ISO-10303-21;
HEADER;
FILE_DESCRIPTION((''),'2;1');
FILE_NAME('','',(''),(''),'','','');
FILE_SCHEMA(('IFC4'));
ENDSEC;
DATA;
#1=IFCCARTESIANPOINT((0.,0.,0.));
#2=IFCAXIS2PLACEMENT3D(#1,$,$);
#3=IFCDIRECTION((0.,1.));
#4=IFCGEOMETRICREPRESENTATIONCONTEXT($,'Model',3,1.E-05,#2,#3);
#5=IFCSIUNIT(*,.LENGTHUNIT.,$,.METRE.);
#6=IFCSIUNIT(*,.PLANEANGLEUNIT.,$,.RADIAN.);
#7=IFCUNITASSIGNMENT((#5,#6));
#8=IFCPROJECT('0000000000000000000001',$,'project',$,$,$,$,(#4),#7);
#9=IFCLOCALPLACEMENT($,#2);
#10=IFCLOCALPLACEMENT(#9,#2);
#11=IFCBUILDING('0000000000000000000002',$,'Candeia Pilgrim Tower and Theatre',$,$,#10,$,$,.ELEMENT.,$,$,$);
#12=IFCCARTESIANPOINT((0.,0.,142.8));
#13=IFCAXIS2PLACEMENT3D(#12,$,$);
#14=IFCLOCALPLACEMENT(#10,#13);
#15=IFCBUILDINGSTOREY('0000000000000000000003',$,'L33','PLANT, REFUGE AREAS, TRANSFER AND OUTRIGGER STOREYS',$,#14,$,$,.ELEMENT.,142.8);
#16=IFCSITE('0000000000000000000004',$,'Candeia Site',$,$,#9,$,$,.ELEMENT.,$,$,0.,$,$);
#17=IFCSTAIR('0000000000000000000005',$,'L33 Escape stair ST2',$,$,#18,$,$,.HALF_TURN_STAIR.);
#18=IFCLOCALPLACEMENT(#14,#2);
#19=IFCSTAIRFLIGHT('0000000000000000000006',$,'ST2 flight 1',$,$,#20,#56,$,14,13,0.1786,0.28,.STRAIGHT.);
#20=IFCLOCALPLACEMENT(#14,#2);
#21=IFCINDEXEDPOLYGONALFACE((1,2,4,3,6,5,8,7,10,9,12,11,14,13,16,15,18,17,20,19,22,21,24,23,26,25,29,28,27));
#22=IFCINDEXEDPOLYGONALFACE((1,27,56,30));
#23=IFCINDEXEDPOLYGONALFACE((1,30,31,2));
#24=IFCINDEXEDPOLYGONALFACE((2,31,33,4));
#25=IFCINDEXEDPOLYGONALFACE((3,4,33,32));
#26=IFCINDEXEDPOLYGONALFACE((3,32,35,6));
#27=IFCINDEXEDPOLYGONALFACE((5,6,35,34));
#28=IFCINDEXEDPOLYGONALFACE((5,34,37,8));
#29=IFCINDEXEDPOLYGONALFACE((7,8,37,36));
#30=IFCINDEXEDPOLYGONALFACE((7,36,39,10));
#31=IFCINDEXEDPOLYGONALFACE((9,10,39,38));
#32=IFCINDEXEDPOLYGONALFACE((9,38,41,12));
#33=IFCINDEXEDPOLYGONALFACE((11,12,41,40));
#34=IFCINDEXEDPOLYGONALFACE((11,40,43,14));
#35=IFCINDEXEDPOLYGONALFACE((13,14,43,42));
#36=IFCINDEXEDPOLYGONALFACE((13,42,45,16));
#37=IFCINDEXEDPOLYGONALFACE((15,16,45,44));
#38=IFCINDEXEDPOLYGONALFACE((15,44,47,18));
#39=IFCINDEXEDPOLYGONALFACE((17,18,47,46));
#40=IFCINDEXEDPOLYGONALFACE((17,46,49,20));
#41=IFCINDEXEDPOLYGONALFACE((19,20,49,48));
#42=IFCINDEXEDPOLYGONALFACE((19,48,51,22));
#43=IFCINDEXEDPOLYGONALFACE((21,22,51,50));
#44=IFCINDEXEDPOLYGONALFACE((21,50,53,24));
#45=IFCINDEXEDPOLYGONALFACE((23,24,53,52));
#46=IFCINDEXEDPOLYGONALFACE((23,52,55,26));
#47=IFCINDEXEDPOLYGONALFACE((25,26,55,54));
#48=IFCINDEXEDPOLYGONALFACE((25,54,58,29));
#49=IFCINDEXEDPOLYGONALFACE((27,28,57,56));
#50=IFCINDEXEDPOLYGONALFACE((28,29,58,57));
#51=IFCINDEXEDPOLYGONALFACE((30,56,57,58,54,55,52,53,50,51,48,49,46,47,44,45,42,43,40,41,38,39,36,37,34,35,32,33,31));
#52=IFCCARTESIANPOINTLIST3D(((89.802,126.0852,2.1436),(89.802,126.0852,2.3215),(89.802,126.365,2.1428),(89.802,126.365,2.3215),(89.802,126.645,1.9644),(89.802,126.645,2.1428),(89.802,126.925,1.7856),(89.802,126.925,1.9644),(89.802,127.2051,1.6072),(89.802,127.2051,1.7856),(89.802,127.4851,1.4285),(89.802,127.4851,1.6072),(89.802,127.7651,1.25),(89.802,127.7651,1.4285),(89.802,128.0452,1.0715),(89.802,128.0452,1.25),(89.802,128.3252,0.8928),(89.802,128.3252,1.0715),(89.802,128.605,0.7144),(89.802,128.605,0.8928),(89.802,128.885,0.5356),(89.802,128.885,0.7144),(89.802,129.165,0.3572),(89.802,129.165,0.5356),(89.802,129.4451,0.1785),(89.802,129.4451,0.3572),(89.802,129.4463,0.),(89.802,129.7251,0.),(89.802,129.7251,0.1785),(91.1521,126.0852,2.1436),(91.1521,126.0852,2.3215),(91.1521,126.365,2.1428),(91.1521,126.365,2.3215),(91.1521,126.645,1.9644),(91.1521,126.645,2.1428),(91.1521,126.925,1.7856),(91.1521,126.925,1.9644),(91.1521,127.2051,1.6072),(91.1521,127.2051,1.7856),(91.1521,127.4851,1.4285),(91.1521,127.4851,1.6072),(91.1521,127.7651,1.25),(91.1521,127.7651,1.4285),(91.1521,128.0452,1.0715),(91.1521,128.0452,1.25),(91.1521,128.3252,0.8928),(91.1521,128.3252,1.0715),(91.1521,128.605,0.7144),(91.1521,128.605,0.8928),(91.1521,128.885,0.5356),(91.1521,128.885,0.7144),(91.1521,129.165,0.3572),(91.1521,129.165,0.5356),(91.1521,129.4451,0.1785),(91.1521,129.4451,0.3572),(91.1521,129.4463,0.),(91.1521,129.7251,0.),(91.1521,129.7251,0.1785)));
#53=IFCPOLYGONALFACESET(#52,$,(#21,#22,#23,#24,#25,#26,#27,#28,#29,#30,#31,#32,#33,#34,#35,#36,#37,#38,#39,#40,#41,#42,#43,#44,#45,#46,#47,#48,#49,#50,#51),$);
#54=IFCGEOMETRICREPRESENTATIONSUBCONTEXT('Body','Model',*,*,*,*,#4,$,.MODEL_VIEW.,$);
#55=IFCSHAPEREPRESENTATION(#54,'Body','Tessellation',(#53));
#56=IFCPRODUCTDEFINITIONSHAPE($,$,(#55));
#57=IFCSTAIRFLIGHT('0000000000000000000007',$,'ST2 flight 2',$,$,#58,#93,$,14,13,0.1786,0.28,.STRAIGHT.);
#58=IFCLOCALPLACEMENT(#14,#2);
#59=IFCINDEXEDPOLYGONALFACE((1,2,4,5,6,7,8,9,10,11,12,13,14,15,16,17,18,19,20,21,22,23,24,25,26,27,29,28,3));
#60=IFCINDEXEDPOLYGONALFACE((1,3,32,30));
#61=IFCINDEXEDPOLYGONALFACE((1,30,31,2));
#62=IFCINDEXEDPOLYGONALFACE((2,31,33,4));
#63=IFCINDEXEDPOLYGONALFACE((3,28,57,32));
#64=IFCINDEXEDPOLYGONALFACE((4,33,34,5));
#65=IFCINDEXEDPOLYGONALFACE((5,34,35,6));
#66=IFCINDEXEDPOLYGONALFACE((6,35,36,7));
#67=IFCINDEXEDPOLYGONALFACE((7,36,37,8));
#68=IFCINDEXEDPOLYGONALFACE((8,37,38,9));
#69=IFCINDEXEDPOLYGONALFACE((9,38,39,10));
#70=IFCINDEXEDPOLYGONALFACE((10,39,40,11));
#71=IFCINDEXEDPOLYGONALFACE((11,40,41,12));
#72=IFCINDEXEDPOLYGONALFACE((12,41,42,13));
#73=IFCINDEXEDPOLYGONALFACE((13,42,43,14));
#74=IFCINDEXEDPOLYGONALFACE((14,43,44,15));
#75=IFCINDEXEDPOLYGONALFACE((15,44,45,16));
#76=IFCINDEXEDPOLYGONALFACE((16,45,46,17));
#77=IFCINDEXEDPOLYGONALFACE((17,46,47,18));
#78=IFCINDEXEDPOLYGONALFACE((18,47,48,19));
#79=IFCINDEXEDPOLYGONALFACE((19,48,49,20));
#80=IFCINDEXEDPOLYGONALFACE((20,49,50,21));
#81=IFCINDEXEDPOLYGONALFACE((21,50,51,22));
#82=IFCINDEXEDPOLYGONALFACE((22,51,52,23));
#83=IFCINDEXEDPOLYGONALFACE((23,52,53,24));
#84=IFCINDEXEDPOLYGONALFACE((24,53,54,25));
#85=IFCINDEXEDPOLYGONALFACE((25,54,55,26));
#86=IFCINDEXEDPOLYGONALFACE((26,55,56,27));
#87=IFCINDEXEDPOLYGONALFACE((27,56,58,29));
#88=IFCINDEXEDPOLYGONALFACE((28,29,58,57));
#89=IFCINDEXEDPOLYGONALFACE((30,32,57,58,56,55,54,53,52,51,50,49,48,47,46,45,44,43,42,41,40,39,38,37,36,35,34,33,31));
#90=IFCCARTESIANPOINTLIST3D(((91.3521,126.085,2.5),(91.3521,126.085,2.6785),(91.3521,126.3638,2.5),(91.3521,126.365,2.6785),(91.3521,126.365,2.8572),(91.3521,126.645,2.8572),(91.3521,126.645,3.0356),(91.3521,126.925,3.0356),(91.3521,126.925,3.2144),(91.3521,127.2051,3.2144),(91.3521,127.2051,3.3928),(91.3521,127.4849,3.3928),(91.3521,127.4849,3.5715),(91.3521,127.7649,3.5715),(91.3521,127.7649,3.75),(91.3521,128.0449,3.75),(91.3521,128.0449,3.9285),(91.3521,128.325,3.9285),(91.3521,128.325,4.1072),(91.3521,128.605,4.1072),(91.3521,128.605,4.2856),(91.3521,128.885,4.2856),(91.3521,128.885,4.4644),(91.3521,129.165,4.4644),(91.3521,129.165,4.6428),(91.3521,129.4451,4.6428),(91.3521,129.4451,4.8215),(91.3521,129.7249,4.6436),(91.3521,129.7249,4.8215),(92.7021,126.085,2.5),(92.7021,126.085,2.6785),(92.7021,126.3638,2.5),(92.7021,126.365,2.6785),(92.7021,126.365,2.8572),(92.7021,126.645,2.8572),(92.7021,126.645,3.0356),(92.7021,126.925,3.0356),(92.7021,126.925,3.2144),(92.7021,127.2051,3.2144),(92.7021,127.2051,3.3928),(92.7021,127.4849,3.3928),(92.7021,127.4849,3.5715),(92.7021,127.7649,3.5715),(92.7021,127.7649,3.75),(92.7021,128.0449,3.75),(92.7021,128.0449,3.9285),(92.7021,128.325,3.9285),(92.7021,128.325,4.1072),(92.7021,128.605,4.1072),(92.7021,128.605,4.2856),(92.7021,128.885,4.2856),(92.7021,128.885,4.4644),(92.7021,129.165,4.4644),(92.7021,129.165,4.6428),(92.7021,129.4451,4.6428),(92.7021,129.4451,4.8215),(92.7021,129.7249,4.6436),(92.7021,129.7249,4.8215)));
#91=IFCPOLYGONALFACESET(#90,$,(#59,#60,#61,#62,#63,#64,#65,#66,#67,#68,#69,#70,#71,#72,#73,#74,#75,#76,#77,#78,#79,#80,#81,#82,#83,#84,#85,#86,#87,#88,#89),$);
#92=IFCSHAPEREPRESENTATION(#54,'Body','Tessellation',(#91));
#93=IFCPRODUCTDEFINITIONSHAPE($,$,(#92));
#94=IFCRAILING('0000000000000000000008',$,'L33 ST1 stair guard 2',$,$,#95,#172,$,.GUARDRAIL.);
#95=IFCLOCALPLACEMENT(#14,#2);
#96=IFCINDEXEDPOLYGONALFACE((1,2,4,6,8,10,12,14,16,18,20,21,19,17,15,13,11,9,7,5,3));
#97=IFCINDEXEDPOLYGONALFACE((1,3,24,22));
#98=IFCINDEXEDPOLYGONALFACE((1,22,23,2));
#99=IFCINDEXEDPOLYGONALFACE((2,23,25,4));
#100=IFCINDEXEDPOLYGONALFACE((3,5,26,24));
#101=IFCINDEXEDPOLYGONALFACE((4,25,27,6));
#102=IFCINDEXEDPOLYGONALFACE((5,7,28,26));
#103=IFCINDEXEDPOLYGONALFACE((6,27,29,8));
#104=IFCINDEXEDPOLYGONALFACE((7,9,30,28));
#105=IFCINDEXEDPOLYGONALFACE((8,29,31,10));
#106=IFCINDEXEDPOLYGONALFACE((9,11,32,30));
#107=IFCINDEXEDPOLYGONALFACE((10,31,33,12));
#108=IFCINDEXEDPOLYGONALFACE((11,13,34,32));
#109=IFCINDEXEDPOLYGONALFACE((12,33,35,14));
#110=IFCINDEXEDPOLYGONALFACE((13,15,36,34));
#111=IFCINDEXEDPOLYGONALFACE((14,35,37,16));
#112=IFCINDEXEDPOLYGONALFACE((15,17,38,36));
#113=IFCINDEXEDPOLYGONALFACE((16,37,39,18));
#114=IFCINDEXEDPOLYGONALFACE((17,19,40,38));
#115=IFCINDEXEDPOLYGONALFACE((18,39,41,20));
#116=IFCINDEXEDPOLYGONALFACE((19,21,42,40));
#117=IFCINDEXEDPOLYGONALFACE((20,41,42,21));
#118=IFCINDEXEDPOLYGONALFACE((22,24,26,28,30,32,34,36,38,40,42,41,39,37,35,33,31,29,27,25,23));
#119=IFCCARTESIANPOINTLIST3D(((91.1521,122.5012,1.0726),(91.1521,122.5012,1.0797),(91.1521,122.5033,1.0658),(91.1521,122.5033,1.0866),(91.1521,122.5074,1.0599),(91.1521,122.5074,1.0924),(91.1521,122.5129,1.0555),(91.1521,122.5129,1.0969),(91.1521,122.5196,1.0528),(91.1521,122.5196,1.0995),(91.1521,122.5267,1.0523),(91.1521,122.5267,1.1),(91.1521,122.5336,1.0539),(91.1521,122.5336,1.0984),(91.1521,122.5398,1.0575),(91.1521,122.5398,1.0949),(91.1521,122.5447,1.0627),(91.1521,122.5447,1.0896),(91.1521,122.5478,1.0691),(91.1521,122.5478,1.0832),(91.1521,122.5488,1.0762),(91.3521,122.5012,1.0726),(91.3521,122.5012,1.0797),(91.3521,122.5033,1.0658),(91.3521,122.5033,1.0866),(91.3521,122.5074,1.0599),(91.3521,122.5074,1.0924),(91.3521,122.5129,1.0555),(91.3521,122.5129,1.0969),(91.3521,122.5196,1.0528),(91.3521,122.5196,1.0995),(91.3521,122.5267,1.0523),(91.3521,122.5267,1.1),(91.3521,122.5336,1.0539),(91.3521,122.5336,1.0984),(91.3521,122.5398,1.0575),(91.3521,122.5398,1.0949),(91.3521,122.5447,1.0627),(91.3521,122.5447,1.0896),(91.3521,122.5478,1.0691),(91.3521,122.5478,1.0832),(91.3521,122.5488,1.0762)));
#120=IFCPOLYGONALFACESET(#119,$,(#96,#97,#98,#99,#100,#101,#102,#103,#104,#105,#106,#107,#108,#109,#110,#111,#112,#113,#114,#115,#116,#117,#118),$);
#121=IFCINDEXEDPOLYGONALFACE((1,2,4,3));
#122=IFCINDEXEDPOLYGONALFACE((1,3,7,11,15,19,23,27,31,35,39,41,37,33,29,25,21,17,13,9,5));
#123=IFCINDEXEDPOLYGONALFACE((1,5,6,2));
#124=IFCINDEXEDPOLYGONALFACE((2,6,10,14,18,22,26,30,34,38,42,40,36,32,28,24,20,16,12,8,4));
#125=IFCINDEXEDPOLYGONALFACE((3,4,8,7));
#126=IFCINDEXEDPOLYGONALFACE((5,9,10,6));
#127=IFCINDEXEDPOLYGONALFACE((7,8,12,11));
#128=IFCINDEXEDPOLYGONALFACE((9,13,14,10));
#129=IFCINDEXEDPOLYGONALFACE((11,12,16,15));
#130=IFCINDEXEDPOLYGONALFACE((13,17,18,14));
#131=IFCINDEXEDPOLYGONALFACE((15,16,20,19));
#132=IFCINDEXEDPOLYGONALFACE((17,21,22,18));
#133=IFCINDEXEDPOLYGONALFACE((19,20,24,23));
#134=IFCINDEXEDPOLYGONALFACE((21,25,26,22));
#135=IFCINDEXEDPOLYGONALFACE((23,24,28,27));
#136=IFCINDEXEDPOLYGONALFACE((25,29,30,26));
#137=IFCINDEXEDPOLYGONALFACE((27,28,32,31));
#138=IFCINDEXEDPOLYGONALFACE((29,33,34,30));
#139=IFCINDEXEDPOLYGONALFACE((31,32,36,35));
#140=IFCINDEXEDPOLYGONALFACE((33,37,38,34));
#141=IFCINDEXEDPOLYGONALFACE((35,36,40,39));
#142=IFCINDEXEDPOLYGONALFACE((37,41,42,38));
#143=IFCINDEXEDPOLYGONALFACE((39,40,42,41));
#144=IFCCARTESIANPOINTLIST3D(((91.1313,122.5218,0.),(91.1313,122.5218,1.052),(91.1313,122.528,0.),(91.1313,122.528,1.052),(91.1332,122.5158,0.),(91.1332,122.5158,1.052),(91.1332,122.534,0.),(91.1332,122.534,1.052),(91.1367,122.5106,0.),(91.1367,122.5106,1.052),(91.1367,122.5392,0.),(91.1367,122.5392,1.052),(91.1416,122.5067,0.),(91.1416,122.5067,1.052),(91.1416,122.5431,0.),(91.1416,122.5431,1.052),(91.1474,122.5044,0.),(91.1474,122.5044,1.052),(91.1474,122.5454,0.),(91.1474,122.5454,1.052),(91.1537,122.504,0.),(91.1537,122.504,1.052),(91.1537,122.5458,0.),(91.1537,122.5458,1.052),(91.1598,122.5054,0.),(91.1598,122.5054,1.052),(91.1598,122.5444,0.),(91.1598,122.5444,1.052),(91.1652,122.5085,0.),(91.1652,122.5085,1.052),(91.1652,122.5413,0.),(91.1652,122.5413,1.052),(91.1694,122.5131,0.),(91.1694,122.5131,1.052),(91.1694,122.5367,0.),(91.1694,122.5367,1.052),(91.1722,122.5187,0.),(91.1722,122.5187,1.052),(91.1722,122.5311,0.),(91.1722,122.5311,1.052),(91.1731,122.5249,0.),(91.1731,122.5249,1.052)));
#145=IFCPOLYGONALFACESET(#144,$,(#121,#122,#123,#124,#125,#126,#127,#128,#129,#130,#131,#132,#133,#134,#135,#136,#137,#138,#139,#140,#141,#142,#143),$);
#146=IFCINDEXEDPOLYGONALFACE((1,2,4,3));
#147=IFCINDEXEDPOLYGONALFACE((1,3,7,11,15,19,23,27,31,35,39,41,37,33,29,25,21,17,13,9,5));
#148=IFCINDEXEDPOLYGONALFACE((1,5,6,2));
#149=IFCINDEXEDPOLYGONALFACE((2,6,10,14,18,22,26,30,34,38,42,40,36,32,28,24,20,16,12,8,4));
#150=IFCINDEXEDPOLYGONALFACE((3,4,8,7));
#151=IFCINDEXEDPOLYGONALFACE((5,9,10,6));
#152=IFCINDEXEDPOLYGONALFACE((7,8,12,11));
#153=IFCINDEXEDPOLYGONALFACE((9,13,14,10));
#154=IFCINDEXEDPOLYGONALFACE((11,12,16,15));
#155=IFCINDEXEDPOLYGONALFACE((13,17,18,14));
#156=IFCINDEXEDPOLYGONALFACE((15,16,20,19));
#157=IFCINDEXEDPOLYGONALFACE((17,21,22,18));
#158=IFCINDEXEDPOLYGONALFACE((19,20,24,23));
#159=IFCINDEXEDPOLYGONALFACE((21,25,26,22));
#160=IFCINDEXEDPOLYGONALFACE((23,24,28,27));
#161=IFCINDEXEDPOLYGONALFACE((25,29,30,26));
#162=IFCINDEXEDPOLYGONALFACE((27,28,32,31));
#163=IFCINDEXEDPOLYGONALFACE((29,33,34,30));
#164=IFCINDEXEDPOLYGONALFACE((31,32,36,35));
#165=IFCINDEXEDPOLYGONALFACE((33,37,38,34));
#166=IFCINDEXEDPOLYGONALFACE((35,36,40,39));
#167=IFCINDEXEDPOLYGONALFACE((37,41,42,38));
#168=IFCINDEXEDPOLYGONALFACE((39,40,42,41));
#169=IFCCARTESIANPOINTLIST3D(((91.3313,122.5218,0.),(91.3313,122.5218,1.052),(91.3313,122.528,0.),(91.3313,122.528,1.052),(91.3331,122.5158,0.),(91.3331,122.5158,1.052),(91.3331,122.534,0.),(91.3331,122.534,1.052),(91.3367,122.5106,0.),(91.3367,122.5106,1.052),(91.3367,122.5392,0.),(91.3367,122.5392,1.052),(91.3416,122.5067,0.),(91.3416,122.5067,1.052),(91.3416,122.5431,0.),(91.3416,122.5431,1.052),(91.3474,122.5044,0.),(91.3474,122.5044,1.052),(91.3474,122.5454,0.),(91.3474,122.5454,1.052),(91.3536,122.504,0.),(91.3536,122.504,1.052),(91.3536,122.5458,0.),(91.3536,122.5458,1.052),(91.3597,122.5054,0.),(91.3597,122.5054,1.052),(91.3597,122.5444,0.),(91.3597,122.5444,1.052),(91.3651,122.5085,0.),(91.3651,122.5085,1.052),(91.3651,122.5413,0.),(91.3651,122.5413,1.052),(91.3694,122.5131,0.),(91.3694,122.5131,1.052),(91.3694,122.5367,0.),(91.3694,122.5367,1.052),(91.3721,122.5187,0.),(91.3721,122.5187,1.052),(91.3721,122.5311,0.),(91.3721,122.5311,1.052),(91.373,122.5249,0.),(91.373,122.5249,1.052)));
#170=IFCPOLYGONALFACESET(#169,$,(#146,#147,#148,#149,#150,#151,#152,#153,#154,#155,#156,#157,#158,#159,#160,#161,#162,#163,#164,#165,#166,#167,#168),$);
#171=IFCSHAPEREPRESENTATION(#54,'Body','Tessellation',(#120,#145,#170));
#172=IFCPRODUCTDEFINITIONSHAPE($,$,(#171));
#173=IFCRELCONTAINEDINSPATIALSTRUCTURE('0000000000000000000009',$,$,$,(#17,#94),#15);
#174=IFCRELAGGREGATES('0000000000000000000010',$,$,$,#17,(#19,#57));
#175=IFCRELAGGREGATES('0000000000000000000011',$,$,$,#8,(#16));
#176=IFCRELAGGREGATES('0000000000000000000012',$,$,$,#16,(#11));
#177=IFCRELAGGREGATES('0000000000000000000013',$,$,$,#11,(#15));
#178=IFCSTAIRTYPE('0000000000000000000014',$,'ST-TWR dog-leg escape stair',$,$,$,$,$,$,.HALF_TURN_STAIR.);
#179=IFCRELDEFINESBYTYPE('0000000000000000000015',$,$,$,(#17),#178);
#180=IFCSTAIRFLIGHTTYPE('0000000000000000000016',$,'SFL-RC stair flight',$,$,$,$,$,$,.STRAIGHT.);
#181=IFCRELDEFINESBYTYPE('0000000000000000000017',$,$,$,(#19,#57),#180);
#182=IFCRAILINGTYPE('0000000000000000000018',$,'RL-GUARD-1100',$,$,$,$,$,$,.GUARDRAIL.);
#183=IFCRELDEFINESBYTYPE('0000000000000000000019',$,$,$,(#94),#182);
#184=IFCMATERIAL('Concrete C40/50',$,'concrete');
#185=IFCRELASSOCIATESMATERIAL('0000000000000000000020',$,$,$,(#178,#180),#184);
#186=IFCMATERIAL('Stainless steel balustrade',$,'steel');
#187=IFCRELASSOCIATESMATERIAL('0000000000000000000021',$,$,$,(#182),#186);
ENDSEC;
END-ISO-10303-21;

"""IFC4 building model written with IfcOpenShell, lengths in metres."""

from ifc_helpers import new_model, si_unit, direction, frame, origin, origin_2d, place, context, subcontext, project, spatial, polyline, circle, outline, extrude, material, type_object, element, aggregate, save


model = new_model("IFC4")

# Units and contexts
model_context = context("Model", 3, precision=1e-05, world=origin(), true_north=direction((0.0, 1.0)))
body_context = subcontext(model_context, "Body", "Model", "MODEL_VIEW")
ifc_project = project(units=[si_unit("LENGTHUNIT", "METRE"), si_unit("PLANEANGLEUNIT", "RADIAN")], contexts=[model_context])

# Site, building, storey
site_placement = place(None, origin())
site = spatial("IfcSite", under=ifc_project, at=site_placement, Name="Candeia Site", CompositionType="ELEMENT", RefElevation=0.0)
building_placement = place(site_placement, origin())
building = spatial("IfcBuilding", under=site, at=building_placement, Name="Candeia Pilgrim Tower and Theatre", CompositionType="ELEMENT")
storey_placement = place(building_placement, frame((0.0, 0.0, 142.8)))
storey = spatial("IfcBuildingStorey", under=building, at=storey_placement, Name="L33", Description="PLANT, REFUGE AREAS, TRANSFER AND OUTRIGGER STOREYS", CompositionType="ELEMENT", Elevation=142.8)

# Shared definitions
ifc_material_1 = material(Name="Concrete C40/50", Category="concrete")

# Stair, stair flights
stair_type = type_object("IfcStairType", Name="ST-TWR dog-leg escape stair", PredefinedType="HALF_TURN_STAIR", material=ifc_material_1)
stair_flight_type = type_object("IfcStairFlightType", Name="SFL-RC stair flight", PredefinedType="STRAIGHT", material=ifc_material_1)
stair_1_placement = place(storey_placement, origin())
stair_1 = element("IfcStair", 1, at=stair_1_placement, inside=storey, type_object=stair_type, Name="L33 Escape stair ST2", PredefinedType="HALF_TURN_STAIR")
stair_flight_1_placement = place(storey_placement, frame((90.4771, 129.7251, 0.0), z_axis=(0.0, 0.0, 1.0), x_axis=(0.0, -1.0, 0.0)))
stair_flight_1 = element("IfcStairFlight", 2, at=stair_flight_1_placement, type_object=stair_flight_type, Name="ST2 flight 1", NumberOfRisers=14, NumberOfTreads=13, PredefinedType="STRAIGHT", RiserHeight=0.1786, TreadLength=0.28, context=body_context, shape_type="SweptSolid", body=[
    extrude(outline(polyline([(0.0, 0.0), (0.0, 0.1785), (0.28, 0.1785), (0.28, 0.3572), (0.5601, 0.3572), (0.5601, 0.5356), (0.8401, 0.5356), (0.8401, 0.7144), (1.1201, 0.7144), (1.1201, 0.8928), (1.3999, 0.8928), (1.3999, 1.0715), (1.6799, 1.0715), (1.6799, 1.25), (1.96, 1.25), (1.96, 1.4285), (2.24, 1.4285), (2.24, 1.6072), (2.52, 1.6072), (2.52, 1.7856), (2.8, 1.7856), (2.8, 1.9644), (3.0801, 1.9644), (3.0801, 2.1428), (3.3601, 2.1428), (3.3601, 2.3215), (3.6399, 2.3215), (3.6399, 2.5), (3.6399, 2.1436), (0.2788, 0.0), (0.0, 0.0)])), frame((0.0, 0.675, 0.0), z_axis=(0.0, -1.0, 0.0), x_axis=(1.0, 0.0, 0.0)), (0.0, 0.0, 1.0), 1.3501),
])
stair_flight_2_placement = place(storey_placement, frame((92.0271, 126.085, 2.5), z_axis=(0.0, 0.0, 1.0), x_axis=(0.0, 1.0, 0.0)))
stair_flight_2 = element("IfcStairFlight", 3, at=stair_flight_2_placement, type_object=stair_flight_type, Name="ST2 flight 2", NumberOfRisers=14, NumberOfTreads=13, PredefinedType="STRAIGHT", RiserHeight=0.1786, TreadLength=0.28, context=body_context, shape_type="SweptSolid", body=[
    extrude(outline(polyline([(0.0, 0.0), (0.0, 0.1785), (0.28, 0.1785), (0.28, 0.3572), (0.5601, 0.3572), (0.5601, 0.5356), (0.8401, 0.5356), (0.8401, 0.7144), (1.1201, 0.7144), (1.1201, 0.8928), (1.3999, 0.8928), (1.3999, 1.0715), (1.6799, 1.0715), (1.6799, 1.25), (1.96, 1.25), (1.96, 1.4285), (2.24, 1.4285), (2.24, 1.6072), (2.52, 1.6072), (2.52, 1.7856), (2.8, 1.7856), (2.8, 1.9644), (3.0801, 1.9644), (3.0801, 2.1428), (3.3601, 2.1428), (3.3601, 2.3215), (3.6399, 2.3215), (3.6399, 2.5), (3.6399, 2.1436), (0.2788, 0.0), (0.0, 0.0)])), frame((0.0, 0.675, 0.0), z_axis=(0.0, -1.0, 0.0), x_axis=(1.0, 0.0, 0.0)), (0.0, 0.0, 1.0), 1.3501),
])
aggregate(stair_1, [stair_flight_1, stair_flight_2])

# Railing
ifc_material_2 = material(Name="Stainless steel balustrade", Category="steel")
railing_type_1 = type_object("IfcRailingType", Name="RL-GUARD-1100", PredefinedType="GUARDRAIL", material=ifc_material_2)
railing_1_placement = place(storey_placement, frame((91.1521, 122.5249, 0.0)))
element("IfcRailing", 4, at=railing_1_placement, inside=storey, type_object=railing_type_1, Name="L33 ST1 stair guard 2", PredefinedType="GUARDRAIL", context=body_context, shape_type="SweptSolid", body=[
    extrude(circle(Radius=0.0239, at=origin_2d()), frame((0.0, 0.0, 1.0762), z_axis=(1.0, 0.0, 0.0), x_axis=(0.0, 1.0, 0.0)), (0.0, 0.0, 1.0), 0.2),
    extrude(circle(Radius=0.021, at=origin_2d()), origin(), (0.0, 0.0, 1.0), 1.052),
    extrude(circle(Radius=0.021, at=origin_2d()), frame((0.2, 0.0, 0.0)), (0.0, 0.0, 1.0), 1.052),
])

save(model, "model.ifc")
